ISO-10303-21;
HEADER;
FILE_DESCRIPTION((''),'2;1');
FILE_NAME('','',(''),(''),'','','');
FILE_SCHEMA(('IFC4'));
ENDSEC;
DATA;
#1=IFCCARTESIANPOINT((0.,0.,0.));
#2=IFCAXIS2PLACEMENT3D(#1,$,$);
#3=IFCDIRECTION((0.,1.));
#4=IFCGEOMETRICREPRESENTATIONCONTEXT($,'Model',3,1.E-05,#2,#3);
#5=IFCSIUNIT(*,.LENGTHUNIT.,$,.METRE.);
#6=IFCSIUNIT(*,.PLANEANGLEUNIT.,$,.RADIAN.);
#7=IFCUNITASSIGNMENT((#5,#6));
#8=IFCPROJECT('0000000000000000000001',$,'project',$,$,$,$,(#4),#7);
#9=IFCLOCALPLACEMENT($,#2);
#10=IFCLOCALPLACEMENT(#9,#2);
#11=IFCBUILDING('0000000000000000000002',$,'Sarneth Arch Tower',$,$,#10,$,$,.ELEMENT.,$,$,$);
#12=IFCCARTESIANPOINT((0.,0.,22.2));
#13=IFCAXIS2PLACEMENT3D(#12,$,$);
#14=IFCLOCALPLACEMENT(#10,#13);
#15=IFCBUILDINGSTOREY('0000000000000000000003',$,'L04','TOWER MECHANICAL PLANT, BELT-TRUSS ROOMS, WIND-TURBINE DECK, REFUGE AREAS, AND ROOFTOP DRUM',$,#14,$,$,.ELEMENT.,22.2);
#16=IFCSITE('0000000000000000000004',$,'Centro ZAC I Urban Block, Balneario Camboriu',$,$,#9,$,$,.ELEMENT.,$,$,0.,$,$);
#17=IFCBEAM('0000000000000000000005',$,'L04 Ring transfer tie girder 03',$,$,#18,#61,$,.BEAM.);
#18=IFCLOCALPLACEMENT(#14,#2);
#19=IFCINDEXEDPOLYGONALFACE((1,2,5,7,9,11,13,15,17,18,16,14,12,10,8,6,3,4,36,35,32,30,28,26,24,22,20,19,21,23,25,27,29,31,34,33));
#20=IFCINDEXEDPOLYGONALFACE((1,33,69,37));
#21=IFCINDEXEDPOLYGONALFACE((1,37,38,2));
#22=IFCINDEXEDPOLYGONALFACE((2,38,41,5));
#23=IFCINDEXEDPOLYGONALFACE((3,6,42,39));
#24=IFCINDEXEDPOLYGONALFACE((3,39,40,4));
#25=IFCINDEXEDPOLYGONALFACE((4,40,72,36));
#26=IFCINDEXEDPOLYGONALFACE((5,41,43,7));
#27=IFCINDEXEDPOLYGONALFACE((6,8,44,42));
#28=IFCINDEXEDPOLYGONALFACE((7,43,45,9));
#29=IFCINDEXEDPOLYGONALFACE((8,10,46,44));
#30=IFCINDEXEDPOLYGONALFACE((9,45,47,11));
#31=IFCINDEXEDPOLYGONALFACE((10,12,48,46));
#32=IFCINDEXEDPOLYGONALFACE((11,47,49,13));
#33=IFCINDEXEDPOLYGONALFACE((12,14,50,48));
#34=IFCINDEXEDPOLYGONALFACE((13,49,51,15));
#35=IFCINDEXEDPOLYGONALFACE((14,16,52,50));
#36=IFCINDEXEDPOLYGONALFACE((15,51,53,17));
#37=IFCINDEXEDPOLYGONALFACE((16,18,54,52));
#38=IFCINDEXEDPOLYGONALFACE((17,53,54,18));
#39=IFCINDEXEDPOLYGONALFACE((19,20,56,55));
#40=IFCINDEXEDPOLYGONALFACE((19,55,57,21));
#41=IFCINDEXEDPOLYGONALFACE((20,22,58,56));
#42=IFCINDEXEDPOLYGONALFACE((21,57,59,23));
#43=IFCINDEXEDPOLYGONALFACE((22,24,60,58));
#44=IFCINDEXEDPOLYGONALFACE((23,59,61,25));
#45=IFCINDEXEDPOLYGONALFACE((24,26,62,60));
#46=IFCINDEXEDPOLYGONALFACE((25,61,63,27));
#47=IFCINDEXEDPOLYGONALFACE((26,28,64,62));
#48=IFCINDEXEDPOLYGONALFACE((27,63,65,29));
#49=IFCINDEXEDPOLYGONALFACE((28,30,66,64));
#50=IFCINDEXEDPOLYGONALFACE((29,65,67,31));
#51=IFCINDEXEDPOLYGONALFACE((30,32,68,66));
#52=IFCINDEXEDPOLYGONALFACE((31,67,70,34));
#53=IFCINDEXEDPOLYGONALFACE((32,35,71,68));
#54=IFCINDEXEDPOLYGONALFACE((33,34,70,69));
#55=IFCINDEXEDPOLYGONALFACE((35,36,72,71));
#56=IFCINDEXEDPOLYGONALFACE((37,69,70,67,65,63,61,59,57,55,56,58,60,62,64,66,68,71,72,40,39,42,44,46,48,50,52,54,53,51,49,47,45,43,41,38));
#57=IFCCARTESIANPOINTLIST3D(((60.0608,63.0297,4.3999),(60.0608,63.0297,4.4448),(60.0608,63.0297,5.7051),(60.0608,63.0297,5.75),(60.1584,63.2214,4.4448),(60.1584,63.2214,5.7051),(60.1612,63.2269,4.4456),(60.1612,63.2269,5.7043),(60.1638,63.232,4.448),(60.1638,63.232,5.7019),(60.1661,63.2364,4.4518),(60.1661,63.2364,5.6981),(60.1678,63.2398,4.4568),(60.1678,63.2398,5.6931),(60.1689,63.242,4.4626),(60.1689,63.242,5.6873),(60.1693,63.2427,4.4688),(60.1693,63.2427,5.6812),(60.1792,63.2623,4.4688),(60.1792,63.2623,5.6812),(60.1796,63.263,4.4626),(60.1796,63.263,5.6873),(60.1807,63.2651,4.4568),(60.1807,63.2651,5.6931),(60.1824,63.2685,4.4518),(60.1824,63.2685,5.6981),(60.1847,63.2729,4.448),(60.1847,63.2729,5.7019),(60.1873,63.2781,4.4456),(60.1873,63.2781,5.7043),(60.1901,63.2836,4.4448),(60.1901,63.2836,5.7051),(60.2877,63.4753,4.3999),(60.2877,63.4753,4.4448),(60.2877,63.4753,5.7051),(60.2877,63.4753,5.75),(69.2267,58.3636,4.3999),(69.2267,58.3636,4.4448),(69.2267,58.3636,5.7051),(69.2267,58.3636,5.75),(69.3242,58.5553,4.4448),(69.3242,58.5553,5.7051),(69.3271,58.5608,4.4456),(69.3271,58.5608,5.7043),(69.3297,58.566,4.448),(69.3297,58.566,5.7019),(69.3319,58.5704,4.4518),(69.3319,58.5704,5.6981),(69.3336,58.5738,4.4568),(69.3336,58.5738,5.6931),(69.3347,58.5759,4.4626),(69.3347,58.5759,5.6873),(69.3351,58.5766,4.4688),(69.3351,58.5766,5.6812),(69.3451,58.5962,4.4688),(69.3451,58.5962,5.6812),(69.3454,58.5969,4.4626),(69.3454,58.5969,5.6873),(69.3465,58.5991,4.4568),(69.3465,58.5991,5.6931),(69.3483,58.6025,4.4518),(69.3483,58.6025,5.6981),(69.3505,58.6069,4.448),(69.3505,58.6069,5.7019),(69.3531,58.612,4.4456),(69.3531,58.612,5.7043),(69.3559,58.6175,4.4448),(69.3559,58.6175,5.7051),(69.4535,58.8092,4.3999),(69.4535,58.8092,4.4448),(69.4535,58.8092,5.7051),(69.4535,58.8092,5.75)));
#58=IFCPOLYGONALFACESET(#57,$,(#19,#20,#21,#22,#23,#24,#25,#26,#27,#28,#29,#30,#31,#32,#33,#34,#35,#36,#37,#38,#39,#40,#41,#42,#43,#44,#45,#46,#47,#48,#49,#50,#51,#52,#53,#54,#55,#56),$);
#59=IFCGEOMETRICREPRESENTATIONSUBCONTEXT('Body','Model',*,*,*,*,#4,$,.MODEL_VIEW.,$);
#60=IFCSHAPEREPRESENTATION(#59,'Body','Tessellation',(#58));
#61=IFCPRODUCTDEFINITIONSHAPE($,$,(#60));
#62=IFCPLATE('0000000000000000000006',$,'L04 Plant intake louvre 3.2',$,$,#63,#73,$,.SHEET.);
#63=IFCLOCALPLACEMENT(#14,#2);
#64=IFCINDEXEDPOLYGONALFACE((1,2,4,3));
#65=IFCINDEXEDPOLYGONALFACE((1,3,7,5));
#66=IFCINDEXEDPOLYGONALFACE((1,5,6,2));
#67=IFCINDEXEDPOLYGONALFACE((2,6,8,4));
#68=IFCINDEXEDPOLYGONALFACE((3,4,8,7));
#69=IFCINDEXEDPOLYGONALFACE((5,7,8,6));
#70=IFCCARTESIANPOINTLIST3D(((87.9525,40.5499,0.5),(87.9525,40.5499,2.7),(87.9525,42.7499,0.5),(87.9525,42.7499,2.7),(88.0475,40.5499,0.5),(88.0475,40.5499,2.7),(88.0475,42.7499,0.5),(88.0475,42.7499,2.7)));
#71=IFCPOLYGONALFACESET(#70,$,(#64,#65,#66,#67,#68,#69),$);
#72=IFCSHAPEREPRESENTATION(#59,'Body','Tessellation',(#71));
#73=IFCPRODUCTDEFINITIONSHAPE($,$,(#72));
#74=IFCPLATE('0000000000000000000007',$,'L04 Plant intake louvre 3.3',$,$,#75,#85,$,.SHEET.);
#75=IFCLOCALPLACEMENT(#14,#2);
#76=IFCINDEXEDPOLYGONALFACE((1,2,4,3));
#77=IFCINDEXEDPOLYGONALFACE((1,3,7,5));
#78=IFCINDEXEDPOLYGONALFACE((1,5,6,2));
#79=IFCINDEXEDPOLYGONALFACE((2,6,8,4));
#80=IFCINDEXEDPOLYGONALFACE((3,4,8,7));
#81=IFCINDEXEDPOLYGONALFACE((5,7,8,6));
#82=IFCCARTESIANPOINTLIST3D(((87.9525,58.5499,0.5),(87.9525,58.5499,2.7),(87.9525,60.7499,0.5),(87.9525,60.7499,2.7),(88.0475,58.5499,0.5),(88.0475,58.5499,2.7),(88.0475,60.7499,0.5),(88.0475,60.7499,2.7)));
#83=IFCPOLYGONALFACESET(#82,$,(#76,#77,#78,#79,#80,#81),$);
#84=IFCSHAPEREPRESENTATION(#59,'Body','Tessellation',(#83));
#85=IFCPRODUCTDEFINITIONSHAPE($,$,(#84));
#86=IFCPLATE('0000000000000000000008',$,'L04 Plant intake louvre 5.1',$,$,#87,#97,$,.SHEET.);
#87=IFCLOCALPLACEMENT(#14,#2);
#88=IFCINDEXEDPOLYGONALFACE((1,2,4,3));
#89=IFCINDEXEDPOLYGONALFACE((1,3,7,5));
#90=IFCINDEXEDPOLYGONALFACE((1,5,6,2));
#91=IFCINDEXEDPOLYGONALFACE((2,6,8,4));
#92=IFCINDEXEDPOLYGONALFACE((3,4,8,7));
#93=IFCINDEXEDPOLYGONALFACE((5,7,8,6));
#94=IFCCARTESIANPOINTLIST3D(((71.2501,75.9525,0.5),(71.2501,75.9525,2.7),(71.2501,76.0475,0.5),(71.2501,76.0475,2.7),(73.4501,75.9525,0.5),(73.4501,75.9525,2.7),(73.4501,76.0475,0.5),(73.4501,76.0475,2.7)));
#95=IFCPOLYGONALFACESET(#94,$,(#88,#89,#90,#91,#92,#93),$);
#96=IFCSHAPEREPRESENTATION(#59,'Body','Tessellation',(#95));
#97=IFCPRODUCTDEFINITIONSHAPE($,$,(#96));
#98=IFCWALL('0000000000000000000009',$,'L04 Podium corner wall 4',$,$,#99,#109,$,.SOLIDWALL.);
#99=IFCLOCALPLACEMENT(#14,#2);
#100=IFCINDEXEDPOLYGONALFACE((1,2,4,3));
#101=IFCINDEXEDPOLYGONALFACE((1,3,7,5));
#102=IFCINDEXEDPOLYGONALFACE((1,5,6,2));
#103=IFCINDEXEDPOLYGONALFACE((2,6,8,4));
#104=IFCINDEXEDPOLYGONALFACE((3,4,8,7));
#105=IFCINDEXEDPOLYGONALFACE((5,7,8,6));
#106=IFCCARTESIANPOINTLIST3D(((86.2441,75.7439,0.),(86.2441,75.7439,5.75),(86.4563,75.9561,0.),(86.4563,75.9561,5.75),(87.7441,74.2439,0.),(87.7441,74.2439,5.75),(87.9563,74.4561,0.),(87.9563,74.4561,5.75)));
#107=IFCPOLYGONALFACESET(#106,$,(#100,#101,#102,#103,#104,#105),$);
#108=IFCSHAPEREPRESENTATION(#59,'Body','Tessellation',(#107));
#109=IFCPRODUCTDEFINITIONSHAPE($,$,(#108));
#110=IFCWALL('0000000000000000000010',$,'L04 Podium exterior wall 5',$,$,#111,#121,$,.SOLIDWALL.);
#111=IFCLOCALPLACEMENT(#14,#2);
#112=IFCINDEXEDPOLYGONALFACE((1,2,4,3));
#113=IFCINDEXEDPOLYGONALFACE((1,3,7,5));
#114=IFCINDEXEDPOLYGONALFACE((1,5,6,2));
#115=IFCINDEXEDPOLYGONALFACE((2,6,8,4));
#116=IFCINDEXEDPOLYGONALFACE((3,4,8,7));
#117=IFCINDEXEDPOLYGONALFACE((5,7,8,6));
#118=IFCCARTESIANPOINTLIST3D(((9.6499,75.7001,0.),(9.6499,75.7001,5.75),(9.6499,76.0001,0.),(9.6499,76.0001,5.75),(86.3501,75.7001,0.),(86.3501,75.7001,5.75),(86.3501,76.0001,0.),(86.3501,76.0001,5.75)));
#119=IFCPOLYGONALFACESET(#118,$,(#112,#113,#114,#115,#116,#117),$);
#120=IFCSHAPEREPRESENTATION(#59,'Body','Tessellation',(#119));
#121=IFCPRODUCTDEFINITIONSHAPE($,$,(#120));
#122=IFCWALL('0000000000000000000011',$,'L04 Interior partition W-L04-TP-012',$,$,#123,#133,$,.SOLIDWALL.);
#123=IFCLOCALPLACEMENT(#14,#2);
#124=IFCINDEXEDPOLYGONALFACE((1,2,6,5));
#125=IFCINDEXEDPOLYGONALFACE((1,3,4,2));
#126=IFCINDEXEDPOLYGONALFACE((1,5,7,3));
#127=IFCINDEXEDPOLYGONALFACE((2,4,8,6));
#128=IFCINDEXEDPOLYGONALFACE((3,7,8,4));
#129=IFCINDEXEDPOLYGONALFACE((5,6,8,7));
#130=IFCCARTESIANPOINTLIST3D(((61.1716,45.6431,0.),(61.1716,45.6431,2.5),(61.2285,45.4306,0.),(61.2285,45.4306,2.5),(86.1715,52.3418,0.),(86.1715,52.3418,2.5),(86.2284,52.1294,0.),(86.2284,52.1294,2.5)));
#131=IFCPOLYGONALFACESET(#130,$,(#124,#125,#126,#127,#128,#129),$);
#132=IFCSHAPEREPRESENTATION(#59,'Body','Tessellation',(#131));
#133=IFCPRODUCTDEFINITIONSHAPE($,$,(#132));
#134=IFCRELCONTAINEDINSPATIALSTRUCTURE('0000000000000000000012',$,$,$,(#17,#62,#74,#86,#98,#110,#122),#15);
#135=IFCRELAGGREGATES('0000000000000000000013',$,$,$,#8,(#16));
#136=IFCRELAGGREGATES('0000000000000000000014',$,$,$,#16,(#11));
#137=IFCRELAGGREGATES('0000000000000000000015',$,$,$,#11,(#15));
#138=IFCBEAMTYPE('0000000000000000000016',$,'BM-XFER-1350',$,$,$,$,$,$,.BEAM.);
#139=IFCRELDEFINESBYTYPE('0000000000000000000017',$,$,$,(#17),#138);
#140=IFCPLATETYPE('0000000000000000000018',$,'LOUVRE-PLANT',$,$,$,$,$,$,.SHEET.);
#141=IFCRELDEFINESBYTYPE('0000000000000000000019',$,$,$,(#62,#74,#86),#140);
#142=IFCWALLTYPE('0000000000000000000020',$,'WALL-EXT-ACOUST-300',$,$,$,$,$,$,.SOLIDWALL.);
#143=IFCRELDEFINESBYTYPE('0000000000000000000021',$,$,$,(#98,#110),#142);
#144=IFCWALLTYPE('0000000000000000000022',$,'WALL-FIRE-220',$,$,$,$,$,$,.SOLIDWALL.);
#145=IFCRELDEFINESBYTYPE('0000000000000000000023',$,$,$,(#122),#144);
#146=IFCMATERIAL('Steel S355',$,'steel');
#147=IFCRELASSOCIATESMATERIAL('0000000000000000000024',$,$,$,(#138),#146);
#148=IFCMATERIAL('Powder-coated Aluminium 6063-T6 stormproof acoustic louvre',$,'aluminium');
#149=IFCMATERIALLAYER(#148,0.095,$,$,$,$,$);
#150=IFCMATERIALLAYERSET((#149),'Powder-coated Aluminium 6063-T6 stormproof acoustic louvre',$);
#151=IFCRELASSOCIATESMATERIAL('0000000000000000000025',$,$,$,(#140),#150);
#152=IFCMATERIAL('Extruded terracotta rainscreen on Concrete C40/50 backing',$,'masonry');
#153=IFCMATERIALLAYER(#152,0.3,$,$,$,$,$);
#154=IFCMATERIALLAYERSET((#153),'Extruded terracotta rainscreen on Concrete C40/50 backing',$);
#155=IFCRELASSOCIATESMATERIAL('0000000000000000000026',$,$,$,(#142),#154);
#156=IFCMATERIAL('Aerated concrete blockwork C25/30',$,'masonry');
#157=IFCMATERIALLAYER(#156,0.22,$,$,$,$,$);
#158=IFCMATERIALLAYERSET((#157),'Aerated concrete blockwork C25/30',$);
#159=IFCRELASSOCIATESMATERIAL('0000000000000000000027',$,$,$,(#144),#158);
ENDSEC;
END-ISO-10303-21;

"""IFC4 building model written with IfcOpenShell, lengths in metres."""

from ifc_helpers import new_model, si_unit, direction, frame, frame_2d, origin, origin_2d, place, context, subcontext, project, spatial, rectangle, i_section, extrude, material, layer, layer_set, material_profile, profile_set, type_object, element, save


model = new_model("IFC4")

# Units and contexts
model_context = context("Model", 3, precision=1e-05, world=origin(), true_north=direction((0.0, 1.0)))
body_context = subcontext(model_context, "Body", "Model", "MODEL_VIEW")
ifc_project = project(units=[si_unit("LENGTHUNIT", "METRE"), si_unit("PLANEANGLEUNIT", "RADIAN")], contexts=[model_context])

# Site, building, storey
site_placement = place(None, origin())
site = spatial("IfcSite", under=ifc_project, at=site_placement, Name="Centro ZAC I Urban Block, Balneario Camboriu", CompositionType="ELEMENT", RefElevation=0.0)
building_placement = place(site_placement, origin())
building = spatial("IfcBuilding", under=site, at=building_placement, Name="Sarneth Arch Tower", CompositionType="ELEMENT")
storey_placement = place(building_placement, frame((0.0, 0.0, 22.2)))
storey = spatial("IfcBuildingStorey", under=building, at=storey_placement, Name="L04", Description="TOWER MECHANICAL PLANT, BELT-TRUSS ROOMS, WIND-TURBINE DECK, REFUGE AREAS, AND ROOFTOP DRUM", CompositionType="ELEMENT", Elevation=22.2)

# Beam
ifc_material_1 = material(Name="Steel S355", Category="steel")
ifc_material_profile_1 = material_profile(ifc_material_1, i_section(OverallWidth=0.5, OverallDepth=1.3501, WebThickness=0.022, FlangeThickness=0.0449, FilletRadius=0.0239, at=origin_2d()), Name="CVS1350x595")
ifc_profile_set_1 = profile_set([ifc_material_profile_1], Name="Steel S355")
beam_type_1 = type_object("IfcBeamType", Name="BM-XFER-1350", PredefinedType="BEAM", material=ifc_profile_set_1)
beam_1_placement = place(storey_placement, frame((69.3401, 58.5864, 5.075), z_axis=(-0.891171, 0.453668, 0.0), x_axis=(-0.453668, -0.891171, 0.0)))
element("IfcBeam", 1, at=beam_1_placement, inside=storey, type_object=beam_type_1, Name="L04 Ring transfer tie girder 03", PredefinedType="BEAM", context=body_context, shape_type="SweptSolid", body=[
    extrude(i_section(OverallWidth=0.5, OverallDepth=1.3501, WebThickness=0.022, FlangeThickness=0.0449, FilletRadius=0.0239, at=origin_2d()), origin(), (0.0, 0.0, 1.0), 10.2852),
])

# Plates
ifc_material_2 = material(Name="Powder-coated Aluminium 6063-T6 stormproof acoustic louvre", Category="aluminium")
ifc_layer_1 = layer(ifc_material_2, 0.095)
ifc_layer_set_1 = layer_set([ifc_layer_1], Name="Powder-coated Aluminium 6063-T6 stormproof acoustic louvre")
plate_type = type_object("IfcPlateType", Name="LOUVRE-PLANT", PredefinedType="SHEET", material=ifc_layer_set_1)
for number, where, z_axis, x_axis, name in (
    (2, (88.0, 41.6499, 0.5), (0.0, 0.0, 1.0), (0.0, 1.0, 0.0), "L04 Plant intake louvre 3.2"),
    (3, (88.0, 59.6499, 0.5), (0.0, 0.0, 1.0), (0.0, 1.0, 0.0), "L04 Plant intake louvre 3.3"),
    (4, (72.3501, 76.0, 0.5), (0.0, 0.0, 1.0), (-1.0, 0.0, 0.0), "L04 Plant intake louvre 5.1"),
):
    element("IfcPlate", number, at=place(storey_placement, frame(where, z_axis=z_axis, x_axis=x_axis)), inside=storey, type_object=plate_type, Name=name, PredefinedType="SHEET", context=body_context, shape_type="SweptSolid", body=[
        extrude(rectangle(XDim=2.2, YDim=0.095, at=origin_2d()), origin(), (0.0, 0.0, 1.0), 2.2),
    ])

# Walls
ifc_material_3 = material(Name="Extruded terracotta rainscreen on Concrete C40/50 backing", Category="masonry")
ifc_layer_2 = layer(ifc_material_3, 0.3)
ifc_layer_set_2 = layer_set([ifc_layer_2], Name="Extruded terracotta rainscreen on Concrete C40/50 backing")
wall_type_1 = type_object("IfcWallType", Name="WALL-EXT-ACOUST-300", PredefinedType="SOLIDWALL", material=ifc_layer_set_2)
wall_1_placement = place(storey_placement, frame((87.8501, 74.3501, 0.0), z_axis=(0.0, 0.0, 1.0), x_axis=(-0.707107, 0.707107, 0.0)))
element("IfcWall", 5, at=wall_1_placement, inside=storey, type_object=wall_type_1, Name="L04 Podium corner wall 4", PredefinedType="SOLIDWALL", context=body_context, shape_type="SweptSolid", body=[
    extrude(rectangle(XDim=2.1213, YDim=0.3, at=frame_2d((1.0605, 0.0))), origin(), (0.0, 0.0, 1.0), 5.75),
])
wall_2_placement = place(storey_placement, frame((86.3501, 75.8501, 0.0), z_axis=(0.0, 0.0, 1.0), x_axis=(-1.0, 0.0, 0.0)))
element("IfcWall", 6, at=wall_2_placement, inside=storey, type_object=wall_type_1, Name="L04 Podium exterior wall 5", PredefinedType="SOLIDWALL", context=body_context, shape_type="SweptSolid", body=[
    extrude(rectangle(XDim=76.7002, YDim=0.3, at=frame_2d((38.3501, 0.0))), origin(), (0.0, 0.0, 1.0), 5.75),
])
ifc_material_4 = material(Name="Aerated concrete blockwork C25/30", Category="masonry")
ifc_layer_3 = layer(ifc_material_4, 0.22)
ifc_layer_set_3 = layer_set([ifc_layer_3], Name="Aerated concrete blockwork C25/30")
wall_type_2 = type_object("IfcWallType", Name="WALL-FIRE-220", PredefinedType="SOLIDWALL", material=ifc_layer_set_3)
wall_3_placement = place(storey_placement, frame((86.2, 52.2356, 0.0), z_axis=(0.0, 0.0, 1.0), x_axis=(-0.965926, -0.258819, 0.0)))
element("IfcWall", 7, at=wall_3_placement, inside=storey, type_object=wall_type_2, Name="L04 Interior partition W-L04-TP-012", PredefinedType="SOLIDWALL", context=body_context, shape_type="SweptSolid", body=[
    extrude(rectangle(XDim=25.8818, YDim=0.22, at=frame_2d((12.9409, 0.0))), origin(), (0.0, 0.0, 1.0), 2.5),
])

save(model, "model.ifc")
